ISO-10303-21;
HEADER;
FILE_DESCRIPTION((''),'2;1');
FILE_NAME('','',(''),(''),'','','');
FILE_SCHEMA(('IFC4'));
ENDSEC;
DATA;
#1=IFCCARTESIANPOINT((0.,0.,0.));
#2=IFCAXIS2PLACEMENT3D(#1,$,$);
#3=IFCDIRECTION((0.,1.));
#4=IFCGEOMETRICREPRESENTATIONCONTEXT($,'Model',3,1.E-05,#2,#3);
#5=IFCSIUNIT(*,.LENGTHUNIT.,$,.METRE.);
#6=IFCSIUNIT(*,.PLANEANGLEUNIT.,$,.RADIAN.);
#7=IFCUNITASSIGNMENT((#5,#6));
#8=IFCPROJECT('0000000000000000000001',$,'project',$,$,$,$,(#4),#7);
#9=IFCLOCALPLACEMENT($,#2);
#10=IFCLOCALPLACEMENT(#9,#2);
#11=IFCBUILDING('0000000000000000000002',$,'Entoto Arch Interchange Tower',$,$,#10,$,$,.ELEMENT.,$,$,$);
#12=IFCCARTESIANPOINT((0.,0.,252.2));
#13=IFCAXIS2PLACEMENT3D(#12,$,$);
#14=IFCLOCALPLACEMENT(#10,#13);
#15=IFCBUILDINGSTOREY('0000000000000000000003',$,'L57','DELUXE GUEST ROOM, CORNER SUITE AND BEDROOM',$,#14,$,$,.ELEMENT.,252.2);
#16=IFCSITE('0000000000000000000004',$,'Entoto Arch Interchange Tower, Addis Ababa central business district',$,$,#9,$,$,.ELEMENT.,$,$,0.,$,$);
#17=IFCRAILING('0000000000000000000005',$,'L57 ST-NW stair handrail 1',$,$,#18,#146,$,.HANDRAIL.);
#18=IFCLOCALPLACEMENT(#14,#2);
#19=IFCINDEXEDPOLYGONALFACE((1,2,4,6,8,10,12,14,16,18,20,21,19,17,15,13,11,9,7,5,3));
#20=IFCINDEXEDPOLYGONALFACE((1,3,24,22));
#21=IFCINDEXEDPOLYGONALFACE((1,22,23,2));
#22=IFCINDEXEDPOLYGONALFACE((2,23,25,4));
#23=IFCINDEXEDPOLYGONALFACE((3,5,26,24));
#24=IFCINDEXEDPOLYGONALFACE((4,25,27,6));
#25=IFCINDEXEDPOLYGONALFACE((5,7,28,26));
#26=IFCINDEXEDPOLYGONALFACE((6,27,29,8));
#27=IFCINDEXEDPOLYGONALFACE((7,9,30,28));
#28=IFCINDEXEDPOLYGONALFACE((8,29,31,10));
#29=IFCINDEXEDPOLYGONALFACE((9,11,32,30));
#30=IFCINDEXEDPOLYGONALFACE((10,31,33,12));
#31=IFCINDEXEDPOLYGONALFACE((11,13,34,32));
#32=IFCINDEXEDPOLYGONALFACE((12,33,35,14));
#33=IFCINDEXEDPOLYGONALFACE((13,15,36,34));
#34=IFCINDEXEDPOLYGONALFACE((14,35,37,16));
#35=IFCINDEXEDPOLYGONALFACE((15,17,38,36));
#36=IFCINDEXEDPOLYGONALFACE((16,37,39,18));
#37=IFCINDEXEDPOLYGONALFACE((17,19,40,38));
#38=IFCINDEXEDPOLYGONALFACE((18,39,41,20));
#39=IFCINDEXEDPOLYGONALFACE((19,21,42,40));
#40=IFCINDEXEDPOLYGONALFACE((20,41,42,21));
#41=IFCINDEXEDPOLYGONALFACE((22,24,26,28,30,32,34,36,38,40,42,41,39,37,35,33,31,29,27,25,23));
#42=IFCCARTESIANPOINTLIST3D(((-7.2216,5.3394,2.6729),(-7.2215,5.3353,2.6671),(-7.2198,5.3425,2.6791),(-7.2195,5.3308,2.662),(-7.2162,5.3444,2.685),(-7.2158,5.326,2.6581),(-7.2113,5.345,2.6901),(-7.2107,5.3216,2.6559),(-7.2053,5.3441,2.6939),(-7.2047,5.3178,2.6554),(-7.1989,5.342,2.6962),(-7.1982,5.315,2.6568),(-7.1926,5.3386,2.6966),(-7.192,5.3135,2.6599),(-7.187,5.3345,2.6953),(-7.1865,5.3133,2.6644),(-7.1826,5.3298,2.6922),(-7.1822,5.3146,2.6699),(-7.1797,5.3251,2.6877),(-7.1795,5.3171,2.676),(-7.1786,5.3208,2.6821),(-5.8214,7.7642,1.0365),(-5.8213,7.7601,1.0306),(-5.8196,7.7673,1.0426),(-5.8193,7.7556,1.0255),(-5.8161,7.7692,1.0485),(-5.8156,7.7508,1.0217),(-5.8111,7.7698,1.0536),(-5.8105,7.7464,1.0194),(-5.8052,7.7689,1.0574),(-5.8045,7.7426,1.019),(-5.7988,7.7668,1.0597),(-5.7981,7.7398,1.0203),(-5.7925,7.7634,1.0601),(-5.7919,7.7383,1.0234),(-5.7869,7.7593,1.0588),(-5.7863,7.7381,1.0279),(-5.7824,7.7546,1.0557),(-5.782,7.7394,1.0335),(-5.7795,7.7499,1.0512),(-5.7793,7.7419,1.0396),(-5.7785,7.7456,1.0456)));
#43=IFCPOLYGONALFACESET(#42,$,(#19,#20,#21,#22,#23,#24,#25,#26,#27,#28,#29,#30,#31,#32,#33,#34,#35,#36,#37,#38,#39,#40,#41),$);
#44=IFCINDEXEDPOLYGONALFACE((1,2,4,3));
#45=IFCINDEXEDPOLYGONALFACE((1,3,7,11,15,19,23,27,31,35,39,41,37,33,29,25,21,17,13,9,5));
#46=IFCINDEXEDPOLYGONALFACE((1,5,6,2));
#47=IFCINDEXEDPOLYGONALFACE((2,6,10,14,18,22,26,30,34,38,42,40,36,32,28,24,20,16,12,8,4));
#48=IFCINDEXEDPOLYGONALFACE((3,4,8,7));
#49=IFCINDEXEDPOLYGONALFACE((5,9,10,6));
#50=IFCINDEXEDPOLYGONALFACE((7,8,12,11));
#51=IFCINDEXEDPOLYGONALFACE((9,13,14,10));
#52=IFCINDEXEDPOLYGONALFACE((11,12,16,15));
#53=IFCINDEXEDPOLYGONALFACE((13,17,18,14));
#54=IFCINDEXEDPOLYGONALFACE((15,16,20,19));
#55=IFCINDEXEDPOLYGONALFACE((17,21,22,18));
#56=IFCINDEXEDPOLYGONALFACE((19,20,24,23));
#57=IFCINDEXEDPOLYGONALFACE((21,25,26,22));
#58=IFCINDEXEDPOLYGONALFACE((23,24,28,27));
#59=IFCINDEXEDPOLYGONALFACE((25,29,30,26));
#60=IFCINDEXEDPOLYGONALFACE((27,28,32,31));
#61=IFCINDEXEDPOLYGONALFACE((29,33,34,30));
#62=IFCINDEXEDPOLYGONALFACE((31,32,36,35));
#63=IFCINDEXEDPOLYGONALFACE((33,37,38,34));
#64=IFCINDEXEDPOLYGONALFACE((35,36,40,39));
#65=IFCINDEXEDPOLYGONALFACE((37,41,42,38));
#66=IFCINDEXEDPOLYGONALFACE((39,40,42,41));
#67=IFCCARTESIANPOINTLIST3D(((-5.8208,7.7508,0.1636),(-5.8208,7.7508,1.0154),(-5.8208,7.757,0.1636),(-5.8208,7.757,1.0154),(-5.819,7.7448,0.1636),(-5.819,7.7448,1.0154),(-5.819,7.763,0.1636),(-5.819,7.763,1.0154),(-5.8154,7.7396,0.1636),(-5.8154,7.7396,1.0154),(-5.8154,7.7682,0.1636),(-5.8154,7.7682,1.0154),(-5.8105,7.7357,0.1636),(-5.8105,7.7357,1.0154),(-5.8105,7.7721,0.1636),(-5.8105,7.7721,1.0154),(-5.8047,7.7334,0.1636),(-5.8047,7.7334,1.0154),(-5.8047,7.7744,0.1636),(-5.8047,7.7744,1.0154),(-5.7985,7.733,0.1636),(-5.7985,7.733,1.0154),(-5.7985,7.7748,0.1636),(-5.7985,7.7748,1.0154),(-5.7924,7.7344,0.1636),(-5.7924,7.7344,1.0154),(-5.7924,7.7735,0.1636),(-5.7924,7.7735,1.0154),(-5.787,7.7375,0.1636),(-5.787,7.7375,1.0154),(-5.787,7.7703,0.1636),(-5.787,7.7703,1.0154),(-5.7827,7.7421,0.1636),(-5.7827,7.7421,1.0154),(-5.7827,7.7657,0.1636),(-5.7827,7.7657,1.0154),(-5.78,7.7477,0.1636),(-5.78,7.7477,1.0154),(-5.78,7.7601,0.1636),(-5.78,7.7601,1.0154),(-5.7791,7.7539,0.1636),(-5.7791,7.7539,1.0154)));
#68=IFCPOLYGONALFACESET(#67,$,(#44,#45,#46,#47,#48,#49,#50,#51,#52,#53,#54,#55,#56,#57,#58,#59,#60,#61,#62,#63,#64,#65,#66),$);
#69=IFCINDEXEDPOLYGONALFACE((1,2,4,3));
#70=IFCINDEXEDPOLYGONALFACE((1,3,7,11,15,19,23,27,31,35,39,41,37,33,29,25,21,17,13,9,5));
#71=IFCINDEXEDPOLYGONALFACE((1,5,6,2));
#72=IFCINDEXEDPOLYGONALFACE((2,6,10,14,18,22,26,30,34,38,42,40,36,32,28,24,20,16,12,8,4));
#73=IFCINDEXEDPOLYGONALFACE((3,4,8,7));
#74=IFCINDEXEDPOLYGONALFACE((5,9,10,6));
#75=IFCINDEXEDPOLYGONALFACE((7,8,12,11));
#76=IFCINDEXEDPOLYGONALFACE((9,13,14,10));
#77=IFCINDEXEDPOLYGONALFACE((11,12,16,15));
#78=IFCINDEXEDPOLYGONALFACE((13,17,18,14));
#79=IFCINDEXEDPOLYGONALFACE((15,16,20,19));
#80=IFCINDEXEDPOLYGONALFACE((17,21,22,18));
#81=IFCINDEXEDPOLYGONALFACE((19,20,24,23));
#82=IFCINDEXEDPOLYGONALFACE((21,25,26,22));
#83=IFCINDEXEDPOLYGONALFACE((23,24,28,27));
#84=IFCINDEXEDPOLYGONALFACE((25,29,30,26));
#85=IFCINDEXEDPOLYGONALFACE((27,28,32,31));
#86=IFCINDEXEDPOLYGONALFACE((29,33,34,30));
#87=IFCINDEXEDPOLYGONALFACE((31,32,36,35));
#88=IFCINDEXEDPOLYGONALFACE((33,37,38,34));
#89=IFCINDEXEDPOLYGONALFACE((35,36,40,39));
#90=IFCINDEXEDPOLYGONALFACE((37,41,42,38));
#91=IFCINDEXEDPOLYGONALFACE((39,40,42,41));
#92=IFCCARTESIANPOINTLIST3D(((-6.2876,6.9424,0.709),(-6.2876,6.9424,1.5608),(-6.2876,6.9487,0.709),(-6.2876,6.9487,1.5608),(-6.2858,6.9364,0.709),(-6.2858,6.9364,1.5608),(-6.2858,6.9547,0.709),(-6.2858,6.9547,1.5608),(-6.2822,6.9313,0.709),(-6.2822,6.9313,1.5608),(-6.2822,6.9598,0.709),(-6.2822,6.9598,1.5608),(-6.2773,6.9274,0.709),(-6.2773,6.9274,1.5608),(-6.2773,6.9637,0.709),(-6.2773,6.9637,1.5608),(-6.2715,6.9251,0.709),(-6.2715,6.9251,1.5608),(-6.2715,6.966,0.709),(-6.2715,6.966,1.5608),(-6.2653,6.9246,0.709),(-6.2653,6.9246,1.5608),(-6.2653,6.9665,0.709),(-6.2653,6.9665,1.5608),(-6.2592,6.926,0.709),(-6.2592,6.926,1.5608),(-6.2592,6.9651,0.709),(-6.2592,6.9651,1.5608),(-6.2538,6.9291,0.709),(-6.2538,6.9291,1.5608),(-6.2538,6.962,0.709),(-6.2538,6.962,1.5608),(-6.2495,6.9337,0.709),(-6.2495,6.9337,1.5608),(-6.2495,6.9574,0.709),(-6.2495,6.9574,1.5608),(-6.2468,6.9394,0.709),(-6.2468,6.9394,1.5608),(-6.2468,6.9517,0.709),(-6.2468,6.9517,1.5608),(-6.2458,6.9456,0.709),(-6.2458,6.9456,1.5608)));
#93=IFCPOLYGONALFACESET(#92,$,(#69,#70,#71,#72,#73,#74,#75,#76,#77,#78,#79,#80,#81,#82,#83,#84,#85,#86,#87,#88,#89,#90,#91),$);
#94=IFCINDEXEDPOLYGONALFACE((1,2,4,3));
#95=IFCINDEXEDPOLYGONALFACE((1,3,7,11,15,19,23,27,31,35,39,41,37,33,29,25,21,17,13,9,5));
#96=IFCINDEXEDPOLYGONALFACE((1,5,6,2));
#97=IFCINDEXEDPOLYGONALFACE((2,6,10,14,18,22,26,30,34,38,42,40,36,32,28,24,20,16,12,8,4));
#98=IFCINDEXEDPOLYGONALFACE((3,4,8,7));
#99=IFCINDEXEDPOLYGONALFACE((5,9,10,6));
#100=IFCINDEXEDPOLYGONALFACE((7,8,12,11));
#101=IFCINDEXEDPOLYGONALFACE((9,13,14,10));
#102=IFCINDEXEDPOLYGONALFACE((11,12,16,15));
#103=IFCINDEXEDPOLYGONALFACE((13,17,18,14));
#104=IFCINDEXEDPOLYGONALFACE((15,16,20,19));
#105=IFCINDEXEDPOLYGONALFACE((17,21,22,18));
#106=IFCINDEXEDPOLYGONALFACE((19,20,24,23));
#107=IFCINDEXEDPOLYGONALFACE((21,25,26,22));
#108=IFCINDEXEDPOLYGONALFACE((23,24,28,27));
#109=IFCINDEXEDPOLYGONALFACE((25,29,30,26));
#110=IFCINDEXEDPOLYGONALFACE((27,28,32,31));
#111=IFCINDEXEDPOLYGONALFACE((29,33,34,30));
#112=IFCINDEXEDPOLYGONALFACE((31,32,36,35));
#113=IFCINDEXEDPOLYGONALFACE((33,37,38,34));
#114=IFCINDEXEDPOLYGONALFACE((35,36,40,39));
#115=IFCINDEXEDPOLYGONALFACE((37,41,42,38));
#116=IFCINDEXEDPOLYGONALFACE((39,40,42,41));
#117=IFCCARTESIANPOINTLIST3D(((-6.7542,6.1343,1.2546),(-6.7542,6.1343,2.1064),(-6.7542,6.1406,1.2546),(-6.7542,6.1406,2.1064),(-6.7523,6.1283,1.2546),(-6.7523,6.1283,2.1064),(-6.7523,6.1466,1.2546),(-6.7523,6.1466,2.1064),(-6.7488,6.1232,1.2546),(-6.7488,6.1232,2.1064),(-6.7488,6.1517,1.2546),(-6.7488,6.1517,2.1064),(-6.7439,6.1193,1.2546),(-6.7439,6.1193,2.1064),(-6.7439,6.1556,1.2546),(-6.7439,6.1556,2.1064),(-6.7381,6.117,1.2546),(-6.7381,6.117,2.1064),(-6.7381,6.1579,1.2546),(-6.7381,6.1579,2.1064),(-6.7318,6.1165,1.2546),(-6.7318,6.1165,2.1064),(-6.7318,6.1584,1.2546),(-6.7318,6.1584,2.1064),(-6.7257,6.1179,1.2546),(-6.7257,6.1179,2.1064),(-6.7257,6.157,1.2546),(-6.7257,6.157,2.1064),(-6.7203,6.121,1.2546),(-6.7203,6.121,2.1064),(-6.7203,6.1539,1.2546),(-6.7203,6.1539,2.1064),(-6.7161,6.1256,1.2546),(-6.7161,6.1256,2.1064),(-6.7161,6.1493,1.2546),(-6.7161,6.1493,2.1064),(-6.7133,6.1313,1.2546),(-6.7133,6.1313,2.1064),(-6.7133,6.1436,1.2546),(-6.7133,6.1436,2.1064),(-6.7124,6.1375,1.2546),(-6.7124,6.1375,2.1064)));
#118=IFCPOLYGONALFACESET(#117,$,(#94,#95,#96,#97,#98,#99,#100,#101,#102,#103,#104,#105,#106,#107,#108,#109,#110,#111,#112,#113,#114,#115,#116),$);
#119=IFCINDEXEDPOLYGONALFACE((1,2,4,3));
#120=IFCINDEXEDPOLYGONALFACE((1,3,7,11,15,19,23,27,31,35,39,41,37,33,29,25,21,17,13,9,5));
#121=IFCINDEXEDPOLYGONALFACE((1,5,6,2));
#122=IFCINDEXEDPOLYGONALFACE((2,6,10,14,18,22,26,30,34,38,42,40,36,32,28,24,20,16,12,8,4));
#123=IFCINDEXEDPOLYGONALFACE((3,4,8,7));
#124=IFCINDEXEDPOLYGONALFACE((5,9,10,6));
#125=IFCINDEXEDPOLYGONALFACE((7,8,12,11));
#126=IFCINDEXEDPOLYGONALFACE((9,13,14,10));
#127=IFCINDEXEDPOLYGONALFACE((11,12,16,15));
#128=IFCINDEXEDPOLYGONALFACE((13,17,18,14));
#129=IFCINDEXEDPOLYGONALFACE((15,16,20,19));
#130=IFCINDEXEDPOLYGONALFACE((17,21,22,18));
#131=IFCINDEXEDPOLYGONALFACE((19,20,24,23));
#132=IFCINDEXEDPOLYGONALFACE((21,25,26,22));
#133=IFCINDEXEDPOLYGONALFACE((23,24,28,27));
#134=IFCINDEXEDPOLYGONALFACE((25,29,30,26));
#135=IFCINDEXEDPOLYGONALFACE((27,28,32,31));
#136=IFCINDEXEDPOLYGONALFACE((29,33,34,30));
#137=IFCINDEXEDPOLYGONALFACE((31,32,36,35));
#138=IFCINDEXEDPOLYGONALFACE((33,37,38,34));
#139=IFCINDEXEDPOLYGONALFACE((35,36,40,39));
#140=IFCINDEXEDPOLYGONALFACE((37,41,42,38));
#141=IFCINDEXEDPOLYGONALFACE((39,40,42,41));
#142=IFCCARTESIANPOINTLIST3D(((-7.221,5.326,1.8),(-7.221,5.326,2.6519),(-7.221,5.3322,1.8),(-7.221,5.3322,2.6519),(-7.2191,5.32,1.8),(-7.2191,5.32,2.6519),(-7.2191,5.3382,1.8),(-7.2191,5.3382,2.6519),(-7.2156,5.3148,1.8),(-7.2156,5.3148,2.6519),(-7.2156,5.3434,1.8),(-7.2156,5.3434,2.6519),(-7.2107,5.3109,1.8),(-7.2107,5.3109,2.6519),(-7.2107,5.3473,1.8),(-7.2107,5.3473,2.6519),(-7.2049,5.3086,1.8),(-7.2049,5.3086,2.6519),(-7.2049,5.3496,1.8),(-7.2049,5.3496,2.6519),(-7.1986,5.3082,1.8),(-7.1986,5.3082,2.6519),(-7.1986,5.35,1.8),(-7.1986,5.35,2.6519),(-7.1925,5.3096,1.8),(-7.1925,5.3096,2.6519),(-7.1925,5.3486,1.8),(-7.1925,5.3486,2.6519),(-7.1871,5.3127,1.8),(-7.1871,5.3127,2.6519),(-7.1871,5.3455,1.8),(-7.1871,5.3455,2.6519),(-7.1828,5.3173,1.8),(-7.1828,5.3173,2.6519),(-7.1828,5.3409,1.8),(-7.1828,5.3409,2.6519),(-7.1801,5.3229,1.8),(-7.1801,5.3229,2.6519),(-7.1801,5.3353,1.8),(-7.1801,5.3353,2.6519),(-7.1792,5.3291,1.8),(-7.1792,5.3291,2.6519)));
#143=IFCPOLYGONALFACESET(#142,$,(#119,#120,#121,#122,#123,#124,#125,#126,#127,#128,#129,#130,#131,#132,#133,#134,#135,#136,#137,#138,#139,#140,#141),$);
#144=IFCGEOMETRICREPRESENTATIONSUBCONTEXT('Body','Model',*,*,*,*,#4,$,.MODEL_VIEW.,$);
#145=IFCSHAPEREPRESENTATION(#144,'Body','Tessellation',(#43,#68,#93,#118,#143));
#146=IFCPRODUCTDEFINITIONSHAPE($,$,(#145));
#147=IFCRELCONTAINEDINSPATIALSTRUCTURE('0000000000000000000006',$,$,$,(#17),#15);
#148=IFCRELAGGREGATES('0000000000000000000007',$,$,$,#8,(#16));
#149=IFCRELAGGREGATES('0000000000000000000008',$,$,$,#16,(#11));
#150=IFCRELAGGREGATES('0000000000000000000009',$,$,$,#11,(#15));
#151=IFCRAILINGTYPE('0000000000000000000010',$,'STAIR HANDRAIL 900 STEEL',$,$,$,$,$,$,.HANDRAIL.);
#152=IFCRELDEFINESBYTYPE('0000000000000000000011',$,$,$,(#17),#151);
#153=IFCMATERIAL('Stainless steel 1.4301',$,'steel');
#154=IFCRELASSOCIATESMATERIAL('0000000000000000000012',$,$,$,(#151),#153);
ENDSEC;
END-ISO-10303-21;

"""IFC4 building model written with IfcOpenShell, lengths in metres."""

from ifc_helpers import new_model, si_unit, direction, frame, origin, origin_2d, place, context, subcontext, project, spatial, circle, extrude, material, type_object, element, save


model = new_model("IFC4")

# Units and contexts
model_context = context("Model", 3, precision=1e-05, world=origin(), true_north=direction((0.0, 1.0)))
body_context = subcontext(model_context, "Body", "Model", "MODEL_VIEW")
ifc_project = project(units=[si_unit("LENGTHUNIT", "METRE"), si_unit("PLANEANGLEUNIT", "RADIAN")], contexts=[model_context])

# Site, building, storey
site_placement = place(None, origin())
site = spatial("IfcSite", under=ifc_project, at=site_placement, Name="Entoto Arch Interchange Tower, Addis Ababa central business district", CompositionType="ELEMENT", RefElevation=0.0)
building_placement = place(site_placement, origin())
building = spatial("IfcBuilding", under=site, at=building_placement, Name="Entoto Arch Interchange Tower", CompositionType="ELEMENT")
storey_placement = place(building_placement, frame((0.0, 0.0, 252.2)))
storey = spatial("IfcBuildingStorey", under=building, at=storey_placement, Name="L57", Description="DELUXE GUEST ROOM, CORNER SUITE AND BEDROOM", CompositionType="ELEMENT", Elevation=252.2)

# Railing
ifc_material_1 = material(Name="Stainless steel 1.4301", Category="steel")
railing_type = type_object("IfcRailingType", Name="STAIR HANDRAIL 900 STEEL", PredefinedType="HANDRAIL", material=ifc_material_1)
railing_placement = place(storey_placement, frame((-5.8, 7.7539, 0.1636)))
element("IfcRailing", 1, at=railing_placement, inside=storey, type_object=railing_type, Name="L57 ST-NW stair handrail 1", PredefinedType="HANDRAIL", context=body_context, shape_type="SweptSolid", body=[
    extrude(circle(Radius=0.0239, at=origin_2d()), frame((0.0, 0.0, 0.876), z_axis=(-0.431722, -0.747666, 0.504591), x_axis=(0.865997, -0.50005, 0.0)), (0.0, 0.0, 1.0), 3.2432),
    extrude(circle(Radius=0.021, at=origin_2d()), origin(), (0.0, 0.0, 1.0), 0.8518),
    extrude(circle(Radius=0.021, at=origin_2d()), frame((-0.4668, -0.8083, 0.5454)), (0.0, 0.0, 1.0), 0.8518),
    extrude(circle(Radius=0.021, at=origin_2d()), frame((-0.9333, -1.6165, 1.0911)), (0.0, 0.0, 1.0), 0.8518),
    extrude(circle(Radius=0.021, at=origin_2d()), frame((-1.4001, -2.4248, 1.6365)), (0.0, 0.0, 1.0), 0.8518),
])

save(model, "model.ifc")
